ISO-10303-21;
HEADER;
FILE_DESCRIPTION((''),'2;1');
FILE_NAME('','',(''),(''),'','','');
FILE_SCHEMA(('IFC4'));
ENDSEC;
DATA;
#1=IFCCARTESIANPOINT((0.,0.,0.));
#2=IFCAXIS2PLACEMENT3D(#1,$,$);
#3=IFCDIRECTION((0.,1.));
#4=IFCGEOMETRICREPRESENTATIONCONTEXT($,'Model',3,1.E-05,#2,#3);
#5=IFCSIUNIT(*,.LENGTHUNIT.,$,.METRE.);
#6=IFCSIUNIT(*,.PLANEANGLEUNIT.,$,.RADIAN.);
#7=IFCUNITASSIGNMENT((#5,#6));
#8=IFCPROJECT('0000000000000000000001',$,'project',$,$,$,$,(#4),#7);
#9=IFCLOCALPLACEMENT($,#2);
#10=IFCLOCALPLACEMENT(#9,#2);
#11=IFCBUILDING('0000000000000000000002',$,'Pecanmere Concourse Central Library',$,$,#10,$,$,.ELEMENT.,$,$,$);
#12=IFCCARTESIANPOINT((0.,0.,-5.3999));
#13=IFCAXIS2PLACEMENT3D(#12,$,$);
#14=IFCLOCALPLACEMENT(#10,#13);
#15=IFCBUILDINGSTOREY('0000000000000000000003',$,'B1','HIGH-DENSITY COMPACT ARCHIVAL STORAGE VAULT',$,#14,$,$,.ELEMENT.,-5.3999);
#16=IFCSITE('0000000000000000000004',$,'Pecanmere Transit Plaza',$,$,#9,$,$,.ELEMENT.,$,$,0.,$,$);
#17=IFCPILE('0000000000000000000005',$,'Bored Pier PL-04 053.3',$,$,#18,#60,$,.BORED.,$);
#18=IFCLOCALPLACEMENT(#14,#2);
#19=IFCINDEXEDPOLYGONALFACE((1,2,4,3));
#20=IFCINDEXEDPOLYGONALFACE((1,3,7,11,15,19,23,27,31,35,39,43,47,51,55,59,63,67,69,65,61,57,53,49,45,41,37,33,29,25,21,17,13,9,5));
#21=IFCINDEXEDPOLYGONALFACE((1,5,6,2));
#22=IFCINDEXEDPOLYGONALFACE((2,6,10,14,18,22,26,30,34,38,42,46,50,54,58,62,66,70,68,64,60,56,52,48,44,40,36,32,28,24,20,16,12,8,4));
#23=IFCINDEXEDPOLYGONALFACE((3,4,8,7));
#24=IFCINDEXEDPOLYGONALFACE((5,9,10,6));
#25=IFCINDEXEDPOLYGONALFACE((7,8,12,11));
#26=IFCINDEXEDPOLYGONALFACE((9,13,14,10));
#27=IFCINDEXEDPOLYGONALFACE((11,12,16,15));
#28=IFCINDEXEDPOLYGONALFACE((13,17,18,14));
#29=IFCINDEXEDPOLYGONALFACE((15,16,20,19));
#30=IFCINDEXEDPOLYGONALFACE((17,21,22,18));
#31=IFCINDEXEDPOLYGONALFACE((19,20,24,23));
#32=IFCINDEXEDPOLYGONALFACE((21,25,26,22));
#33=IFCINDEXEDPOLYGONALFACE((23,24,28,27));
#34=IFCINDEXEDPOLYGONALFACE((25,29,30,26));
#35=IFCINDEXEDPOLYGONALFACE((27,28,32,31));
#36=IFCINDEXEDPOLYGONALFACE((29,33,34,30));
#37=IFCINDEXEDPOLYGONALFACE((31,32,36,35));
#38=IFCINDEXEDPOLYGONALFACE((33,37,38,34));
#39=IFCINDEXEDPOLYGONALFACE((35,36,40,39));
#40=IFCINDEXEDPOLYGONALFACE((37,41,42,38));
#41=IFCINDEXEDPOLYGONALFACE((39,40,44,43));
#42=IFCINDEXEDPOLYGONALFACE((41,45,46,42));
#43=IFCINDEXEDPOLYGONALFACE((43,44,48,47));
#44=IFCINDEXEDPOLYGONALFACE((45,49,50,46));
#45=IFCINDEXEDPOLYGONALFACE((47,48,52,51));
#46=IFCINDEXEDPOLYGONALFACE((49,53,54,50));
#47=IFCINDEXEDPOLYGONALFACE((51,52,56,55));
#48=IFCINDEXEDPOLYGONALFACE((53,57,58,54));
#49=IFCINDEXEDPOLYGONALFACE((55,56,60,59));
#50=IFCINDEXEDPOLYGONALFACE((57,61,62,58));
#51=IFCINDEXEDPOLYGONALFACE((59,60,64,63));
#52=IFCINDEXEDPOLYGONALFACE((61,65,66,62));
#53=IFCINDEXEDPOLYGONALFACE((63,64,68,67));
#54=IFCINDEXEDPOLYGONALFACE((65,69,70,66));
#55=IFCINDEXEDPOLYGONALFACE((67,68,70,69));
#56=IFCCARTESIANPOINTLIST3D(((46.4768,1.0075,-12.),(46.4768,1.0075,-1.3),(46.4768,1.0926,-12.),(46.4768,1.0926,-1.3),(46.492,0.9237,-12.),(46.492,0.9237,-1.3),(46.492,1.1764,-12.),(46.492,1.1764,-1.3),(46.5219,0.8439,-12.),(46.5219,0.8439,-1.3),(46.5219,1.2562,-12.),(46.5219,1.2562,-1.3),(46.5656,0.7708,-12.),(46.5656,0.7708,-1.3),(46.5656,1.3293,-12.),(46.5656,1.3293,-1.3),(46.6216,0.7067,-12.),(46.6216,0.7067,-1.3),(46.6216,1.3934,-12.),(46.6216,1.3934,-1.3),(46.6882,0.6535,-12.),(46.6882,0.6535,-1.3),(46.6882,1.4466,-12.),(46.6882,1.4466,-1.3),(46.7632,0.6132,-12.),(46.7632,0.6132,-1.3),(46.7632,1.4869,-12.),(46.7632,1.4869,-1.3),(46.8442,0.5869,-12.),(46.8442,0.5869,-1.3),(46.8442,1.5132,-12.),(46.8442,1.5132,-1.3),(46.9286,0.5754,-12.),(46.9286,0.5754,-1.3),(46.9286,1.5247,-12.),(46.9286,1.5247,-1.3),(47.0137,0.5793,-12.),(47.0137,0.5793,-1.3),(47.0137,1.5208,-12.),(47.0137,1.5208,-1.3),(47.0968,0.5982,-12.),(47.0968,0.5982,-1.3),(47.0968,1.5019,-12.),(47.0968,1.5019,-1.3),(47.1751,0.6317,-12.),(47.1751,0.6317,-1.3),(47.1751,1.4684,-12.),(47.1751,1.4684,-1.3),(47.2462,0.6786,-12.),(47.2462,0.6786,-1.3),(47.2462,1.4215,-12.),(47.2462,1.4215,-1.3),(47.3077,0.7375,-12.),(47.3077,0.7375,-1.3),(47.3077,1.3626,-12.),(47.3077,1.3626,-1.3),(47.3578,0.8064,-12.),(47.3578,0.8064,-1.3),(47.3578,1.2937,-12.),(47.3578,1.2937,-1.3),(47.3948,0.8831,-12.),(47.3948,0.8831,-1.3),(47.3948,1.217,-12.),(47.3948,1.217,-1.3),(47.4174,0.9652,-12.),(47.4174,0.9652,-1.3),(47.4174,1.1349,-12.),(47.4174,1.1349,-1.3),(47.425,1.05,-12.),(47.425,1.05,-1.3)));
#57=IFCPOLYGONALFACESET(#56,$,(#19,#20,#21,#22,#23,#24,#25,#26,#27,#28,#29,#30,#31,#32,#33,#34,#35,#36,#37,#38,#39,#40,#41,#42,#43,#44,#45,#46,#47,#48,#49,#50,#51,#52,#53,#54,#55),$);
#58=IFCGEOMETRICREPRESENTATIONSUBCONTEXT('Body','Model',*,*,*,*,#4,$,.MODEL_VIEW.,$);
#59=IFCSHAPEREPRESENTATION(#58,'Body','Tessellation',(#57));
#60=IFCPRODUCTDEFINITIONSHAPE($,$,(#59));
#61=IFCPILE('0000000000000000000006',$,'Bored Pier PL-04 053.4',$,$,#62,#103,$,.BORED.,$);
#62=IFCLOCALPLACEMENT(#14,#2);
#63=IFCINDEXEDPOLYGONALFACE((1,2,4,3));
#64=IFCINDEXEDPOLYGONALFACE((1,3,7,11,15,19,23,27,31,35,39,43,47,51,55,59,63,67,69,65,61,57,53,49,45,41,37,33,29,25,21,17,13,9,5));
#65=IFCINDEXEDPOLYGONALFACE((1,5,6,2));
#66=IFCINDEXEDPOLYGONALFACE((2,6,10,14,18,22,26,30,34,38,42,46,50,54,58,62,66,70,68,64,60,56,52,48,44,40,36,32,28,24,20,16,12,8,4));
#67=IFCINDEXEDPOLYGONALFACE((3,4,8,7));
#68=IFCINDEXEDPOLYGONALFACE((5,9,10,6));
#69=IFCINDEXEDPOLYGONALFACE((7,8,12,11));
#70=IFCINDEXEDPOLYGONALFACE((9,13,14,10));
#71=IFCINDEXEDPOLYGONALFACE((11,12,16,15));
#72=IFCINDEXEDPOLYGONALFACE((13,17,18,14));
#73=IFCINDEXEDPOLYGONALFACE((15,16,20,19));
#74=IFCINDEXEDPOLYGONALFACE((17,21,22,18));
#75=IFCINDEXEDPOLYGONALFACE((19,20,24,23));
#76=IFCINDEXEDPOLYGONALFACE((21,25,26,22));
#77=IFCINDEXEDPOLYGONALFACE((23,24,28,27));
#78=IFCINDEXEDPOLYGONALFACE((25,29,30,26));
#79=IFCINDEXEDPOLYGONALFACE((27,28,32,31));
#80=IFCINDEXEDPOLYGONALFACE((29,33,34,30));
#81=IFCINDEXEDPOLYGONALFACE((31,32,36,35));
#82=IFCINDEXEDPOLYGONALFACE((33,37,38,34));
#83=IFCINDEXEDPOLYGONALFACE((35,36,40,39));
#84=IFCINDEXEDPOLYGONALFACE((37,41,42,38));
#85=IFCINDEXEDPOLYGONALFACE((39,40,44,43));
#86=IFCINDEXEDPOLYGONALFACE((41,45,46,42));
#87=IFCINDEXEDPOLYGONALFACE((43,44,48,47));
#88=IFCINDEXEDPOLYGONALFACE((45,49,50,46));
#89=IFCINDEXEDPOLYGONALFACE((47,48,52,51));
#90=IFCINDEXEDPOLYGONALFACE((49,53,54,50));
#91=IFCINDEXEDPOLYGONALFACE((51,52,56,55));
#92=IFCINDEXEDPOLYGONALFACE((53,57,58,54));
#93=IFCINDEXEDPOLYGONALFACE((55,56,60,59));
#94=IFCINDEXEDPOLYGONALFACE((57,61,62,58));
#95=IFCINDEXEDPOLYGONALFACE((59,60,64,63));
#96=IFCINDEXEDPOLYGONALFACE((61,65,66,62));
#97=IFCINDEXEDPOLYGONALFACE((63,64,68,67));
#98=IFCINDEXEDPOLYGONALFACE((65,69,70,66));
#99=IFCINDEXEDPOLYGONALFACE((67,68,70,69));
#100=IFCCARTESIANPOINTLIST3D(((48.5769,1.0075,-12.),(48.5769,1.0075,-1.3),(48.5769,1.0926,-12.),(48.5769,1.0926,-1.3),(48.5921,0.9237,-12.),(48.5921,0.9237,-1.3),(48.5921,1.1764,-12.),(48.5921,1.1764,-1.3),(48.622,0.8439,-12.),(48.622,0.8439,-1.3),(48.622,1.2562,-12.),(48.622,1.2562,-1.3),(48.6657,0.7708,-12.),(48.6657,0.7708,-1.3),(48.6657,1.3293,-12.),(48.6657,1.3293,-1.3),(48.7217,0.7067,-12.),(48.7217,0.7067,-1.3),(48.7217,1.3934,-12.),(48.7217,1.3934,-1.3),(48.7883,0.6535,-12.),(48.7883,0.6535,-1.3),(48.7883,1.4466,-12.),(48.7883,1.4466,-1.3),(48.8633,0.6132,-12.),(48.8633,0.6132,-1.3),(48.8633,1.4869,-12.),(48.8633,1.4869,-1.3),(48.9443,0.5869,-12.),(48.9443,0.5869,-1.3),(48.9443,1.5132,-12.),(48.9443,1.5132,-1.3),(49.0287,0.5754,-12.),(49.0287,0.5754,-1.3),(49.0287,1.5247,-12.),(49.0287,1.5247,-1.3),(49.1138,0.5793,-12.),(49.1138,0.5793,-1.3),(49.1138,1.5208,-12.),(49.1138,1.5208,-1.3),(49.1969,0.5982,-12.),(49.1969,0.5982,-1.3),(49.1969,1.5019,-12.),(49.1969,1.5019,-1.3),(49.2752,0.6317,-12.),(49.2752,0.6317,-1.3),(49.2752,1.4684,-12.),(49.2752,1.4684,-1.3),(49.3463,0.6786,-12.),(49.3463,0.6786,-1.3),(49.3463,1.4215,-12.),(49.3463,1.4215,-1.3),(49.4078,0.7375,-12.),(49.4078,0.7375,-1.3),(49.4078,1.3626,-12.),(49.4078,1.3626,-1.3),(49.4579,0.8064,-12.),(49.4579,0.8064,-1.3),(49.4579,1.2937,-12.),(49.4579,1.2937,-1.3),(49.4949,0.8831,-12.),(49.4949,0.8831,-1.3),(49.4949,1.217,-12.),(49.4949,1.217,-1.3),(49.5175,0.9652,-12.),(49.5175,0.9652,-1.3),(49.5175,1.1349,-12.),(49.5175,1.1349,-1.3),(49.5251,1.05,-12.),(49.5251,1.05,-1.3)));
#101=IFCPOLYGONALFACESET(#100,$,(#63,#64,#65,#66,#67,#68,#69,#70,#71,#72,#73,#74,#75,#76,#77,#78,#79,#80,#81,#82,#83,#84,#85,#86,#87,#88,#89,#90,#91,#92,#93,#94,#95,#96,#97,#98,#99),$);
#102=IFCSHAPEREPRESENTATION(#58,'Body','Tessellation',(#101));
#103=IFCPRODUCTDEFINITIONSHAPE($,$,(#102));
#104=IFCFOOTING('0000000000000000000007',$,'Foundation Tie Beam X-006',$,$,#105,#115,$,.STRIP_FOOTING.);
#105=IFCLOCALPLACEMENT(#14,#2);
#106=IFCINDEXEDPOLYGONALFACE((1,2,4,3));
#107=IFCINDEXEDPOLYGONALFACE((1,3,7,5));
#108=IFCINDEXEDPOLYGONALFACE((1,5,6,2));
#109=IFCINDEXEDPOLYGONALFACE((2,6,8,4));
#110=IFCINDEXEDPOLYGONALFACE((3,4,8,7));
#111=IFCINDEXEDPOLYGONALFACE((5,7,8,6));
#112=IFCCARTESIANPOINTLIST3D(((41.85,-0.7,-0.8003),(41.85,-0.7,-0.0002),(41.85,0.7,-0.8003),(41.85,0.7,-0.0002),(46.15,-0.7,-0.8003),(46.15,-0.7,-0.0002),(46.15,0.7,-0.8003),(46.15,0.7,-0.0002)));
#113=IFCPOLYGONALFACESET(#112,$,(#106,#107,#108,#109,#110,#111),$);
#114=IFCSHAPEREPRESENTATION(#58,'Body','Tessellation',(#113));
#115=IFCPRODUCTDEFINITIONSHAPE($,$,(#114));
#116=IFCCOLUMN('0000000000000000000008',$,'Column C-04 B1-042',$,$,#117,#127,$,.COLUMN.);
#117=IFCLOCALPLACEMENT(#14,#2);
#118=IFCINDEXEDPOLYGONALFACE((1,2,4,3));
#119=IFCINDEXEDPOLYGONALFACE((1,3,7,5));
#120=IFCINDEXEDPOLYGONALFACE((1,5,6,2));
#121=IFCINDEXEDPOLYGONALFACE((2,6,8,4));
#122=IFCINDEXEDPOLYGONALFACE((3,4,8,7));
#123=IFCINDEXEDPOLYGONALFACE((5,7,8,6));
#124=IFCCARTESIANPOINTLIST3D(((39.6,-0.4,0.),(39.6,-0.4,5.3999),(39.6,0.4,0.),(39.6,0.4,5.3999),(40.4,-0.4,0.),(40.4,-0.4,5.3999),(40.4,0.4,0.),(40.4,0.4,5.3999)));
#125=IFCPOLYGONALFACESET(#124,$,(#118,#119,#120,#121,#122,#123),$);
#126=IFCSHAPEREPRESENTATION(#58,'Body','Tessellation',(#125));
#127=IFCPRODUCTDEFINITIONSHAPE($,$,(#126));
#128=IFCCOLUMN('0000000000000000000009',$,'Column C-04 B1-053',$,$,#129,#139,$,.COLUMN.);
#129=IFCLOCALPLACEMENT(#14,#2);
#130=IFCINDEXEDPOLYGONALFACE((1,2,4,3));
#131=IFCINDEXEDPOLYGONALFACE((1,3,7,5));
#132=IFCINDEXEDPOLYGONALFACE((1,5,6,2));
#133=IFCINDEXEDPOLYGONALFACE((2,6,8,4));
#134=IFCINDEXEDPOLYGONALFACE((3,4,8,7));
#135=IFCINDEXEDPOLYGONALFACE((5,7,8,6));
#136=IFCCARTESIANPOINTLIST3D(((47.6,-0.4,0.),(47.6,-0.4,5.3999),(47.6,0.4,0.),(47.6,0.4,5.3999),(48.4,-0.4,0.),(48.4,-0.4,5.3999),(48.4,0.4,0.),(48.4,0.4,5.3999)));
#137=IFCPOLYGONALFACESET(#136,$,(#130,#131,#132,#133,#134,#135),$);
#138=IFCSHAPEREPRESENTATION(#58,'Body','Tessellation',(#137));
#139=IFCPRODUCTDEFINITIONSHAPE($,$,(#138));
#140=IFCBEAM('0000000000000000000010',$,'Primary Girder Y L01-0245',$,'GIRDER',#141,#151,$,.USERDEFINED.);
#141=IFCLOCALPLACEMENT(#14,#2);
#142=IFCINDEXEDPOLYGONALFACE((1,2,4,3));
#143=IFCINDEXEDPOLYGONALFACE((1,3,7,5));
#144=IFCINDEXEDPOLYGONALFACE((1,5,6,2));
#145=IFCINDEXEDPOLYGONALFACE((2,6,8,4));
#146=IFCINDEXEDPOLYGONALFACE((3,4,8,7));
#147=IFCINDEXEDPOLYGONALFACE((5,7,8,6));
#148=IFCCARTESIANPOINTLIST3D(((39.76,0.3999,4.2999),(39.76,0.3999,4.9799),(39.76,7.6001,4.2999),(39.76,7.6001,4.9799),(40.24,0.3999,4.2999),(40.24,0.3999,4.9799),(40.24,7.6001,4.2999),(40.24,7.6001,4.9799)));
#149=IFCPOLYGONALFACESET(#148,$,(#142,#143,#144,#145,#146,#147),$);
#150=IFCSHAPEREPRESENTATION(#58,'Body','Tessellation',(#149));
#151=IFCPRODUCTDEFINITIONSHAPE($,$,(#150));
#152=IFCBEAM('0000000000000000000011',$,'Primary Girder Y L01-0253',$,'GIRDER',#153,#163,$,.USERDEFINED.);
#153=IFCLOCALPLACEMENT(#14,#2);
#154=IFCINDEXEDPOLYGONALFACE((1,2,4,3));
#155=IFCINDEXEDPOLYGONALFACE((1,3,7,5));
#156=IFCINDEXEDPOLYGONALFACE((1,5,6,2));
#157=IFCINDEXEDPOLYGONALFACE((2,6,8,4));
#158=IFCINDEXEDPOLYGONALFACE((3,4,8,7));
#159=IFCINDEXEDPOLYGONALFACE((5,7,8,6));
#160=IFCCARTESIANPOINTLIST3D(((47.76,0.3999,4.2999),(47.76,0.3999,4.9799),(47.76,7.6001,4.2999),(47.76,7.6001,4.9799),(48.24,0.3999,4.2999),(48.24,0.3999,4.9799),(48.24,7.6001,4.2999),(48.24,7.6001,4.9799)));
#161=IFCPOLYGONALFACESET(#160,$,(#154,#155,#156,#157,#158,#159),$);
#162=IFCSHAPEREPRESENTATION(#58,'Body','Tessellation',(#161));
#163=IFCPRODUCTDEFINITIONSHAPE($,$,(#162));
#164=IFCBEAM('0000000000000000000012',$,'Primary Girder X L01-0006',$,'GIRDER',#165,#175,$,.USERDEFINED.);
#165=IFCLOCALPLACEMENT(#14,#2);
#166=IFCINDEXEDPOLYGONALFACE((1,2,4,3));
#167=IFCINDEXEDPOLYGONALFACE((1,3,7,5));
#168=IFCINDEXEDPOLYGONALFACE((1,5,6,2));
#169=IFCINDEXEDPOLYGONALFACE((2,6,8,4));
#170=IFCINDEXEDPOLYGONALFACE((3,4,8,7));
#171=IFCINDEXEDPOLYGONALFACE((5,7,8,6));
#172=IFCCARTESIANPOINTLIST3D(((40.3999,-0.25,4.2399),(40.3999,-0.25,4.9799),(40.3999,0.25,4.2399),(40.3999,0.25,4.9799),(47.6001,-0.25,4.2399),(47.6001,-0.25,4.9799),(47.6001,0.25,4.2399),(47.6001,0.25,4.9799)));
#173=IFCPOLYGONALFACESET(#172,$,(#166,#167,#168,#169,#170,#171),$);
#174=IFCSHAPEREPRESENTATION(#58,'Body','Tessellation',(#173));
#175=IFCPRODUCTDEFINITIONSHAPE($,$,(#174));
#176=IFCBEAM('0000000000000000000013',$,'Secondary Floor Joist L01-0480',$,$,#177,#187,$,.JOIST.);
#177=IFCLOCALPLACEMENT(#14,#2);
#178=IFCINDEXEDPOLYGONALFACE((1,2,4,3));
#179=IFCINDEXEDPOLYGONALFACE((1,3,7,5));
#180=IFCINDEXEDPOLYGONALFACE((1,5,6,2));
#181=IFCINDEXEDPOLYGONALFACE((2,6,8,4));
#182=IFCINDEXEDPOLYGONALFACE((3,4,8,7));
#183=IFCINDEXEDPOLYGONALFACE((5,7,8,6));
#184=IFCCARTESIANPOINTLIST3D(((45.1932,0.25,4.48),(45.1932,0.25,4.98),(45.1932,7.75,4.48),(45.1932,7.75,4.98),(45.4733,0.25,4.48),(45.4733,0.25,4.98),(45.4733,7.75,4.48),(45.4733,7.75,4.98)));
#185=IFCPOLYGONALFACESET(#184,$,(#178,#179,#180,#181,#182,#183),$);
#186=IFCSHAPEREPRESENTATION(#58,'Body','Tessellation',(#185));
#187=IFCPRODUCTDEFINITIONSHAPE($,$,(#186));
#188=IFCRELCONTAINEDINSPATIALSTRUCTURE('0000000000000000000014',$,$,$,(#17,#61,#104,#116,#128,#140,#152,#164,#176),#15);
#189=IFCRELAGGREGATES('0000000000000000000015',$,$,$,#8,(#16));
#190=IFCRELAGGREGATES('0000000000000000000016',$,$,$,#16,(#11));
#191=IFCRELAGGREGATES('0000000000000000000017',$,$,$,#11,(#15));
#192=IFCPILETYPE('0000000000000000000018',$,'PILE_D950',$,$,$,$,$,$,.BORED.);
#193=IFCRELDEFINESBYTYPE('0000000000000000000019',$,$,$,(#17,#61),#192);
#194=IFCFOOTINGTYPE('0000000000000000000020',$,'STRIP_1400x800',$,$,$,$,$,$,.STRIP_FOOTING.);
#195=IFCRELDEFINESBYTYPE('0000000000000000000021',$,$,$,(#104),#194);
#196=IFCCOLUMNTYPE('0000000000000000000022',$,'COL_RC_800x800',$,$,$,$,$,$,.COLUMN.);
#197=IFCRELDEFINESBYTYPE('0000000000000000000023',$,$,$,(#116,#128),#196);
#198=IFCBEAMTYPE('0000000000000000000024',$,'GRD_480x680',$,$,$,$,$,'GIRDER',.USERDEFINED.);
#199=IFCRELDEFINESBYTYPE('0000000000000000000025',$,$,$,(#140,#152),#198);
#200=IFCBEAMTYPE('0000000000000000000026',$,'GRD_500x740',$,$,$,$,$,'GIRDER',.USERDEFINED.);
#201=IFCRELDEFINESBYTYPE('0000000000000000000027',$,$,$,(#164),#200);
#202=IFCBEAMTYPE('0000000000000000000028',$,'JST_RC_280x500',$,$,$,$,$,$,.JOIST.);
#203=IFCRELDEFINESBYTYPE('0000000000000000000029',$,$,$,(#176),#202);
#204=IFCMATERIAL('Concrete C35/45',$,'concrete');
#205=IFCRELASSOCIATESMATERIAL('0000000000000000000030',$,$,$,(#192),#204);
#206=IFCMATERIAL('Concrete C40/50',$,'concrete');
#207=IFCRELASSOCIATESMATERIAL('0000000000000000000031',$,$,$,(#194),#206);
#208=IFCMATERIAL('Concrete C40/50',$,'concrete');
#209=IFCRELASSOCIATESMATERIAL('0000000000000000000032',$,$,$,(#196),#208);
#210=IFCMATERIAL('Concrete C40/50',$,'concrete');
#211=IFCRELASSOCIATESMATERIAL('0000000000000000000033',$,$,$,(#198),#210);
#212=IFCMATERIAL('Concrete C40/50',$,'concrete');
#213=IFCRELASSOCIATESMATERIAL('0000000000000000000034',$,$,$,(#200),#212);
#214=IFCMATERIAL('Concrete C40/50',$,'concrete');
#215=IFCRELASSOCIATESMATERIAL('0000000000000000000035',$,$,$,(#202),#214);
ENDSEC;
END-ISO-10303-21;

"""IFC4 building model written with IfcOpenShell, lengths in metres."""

from ifc_helpers import new_model, si_unit, direction, frame, origin, origin_2d, place, context, subcontext, project, spatial, rectangle, circle, extrude, material, material_profile, profile_set, type_object, element, save


model = new_model("IFC4")

# Units and contexts
model_context = context("Model", 3, precision=1e-05, world=origin(), true_north=direction((0.0, 1.0)))
body_context = subcontext(model_context, "Body", "Model", "MODEL_VIEW")
ifc_project = project(units=[si_unit("LENGTHUNIT", "METRE"), si_unit("PLANEANGLEUNIT", "RADIAN")], contexts=[model_context])

# Site, building, storey
site_placement = place(None, origin())
site = spatial("IfcSite", under=ifc_project, at=site_placement, Name="Pecanmere Transit Plaza", CompositionType="ELEMENT", RefElevation=0.0)
building_placement = place(site_placement, origin())
building = spatial("IfcBuilding", under=site, at=building_placement, Name="Pecanmere Concourse Central Library", CompositionType="ELEMENT")
storey_placement = place(building_placement, frame((0.0, 0.0, -5.3999)))
storey = spatial("IfcBuildingStorey", under=building, at=storey_placement, Name="B1", Description="HIGH-DENSITY COMPACT ARCHIVAL STORAGE VAULT", CompositionType="ELEMENT", Elevation=-5.3999)

# Piles
ifc_material_1 = material(Name="Concrete C35/45", Category="concrete")
ifc_material_profile_1 = material_profile(ifc_material_1, circle(Radius=0.4751, at=origin_2d()), Name="PIER D950")
ifc_profile_set_1 = profile_set([ifc_material_profile_1], Name="Concrete C35/45")
pile_type = type_object("IfcPileType", Name="PILE_D950", PredefinedType="BORED", material=ifc_profile_set_1)
for number, where, z_axis, x_axis, name in (
    (1, (46.95, 1.05, -1.3), (0.0, 0.0, -1.0), (1.0, 0.0, 0.0), "Bored Pier PL-04 053.3"),
    (2, (49.05, 1.05, -1.3), (0.0, 0.0, -1.0), (1.0, 0.0, 0.0), "Bored Pier PL-04 053.4"),
):
    element("IfcPile", number, at=place(storey_placement, frame(where, z_axis=z_axis, x_axis=x_axis)), inside=storey, type_object=pile_type, Name=name, PredefinedType="BORED", context=body_context, shape_type="SweptSolid", body=[
        extrude(circle(Radius=0.4751, at=origin_2d()), origin(), (0.0, 0.0, 1.0), 10.7),
    ])

# Footing
ifc_material_2 = material(Name="Concrete C40/50", Category="concrete")
ifc_material_profile_2 = material_profile(ifc_material_2, rectangle(XDim=1.3999, YDim=0.8, at=origin_2d()), Name="RC 1400x800")
ifc_profile_set_2 = profile_set([ifc_material_profile_2], Name="Concrete C40/50")
footing_type_1 = type_object("IfcFootingType", Name="STRIP_1400x800", PredefinedType="STRIP_FOOTING", material=ifc_profile_set_2)
footing_placement = place(storey_placement, frame((44.0, 0.0, -0.8003), z_axis=(0.0, 0.0, 1.0), x_axis=(1.0, 0.0, 0.0)))
element("IfcFooting", 3, at=footing_placement, inside=storey, type_object=footing_type_1, Name="Foundation Tie Beam X-006", PredefinedType="STRIP_FOOTING", context=body_context, shape_type="SweptSolid", body=[
    extrude(rectangle(XDim=4.3, YDim=1.3999, at=origin_2d()), origin(), (0.0, 0.0, 1.0), 0.8),
])

# Columns
ifc_material_3 = material(Name="Concrete C40/50", Category="concrete")
ifc_material_profile_3 = material_profile(ifc_material_3, rectangle(XDim=0.8, YDim=0.8, at=origin_2d()), Name="RC 800x800")
ifc_profile_set_3 = profile_set([ifc_material_profile_3], Name="Concrete C40/50")
column_type = type_object("IfcColumnType", Name="COL_RC_800x800", PredefinedType="COLUMN", material=ifc_profile_set_3)
for number, where, z_axis, x_axis, name in (
    (4, (40.0, 0.0, 0.0), (0.0, 0.0, 1.0), (1.0, 0.0, 0.0), "Column C-04 B1-042"),
    (5, (48.0, 0.0, 0.0), (0.0, 0.0, 1.0), (1.0, 0.0, 0.0), "Column C-04 B1-053"),
):
    element("IfcColumn", number, at=place(storey_placement, frame(where, z_axis=z_axis, x_axis=x_axis)), inside=storey, type_object=column_type, Name=name, PredefinedType="COLUMN", context=body_context, shape_type="SweptSolid", body=[
        extrude(rectangle(XDim=0.8, YDim=0.8, at=origin_2d()), origin(), (0.0, 0.0, 1.0), 5.3999),
    ])

# Beams
ifc_material_4 = material(Name="Concrete C40/50", Category="concrete")
ifc_material_profile_4 = material_profile(ifc_material_4, rectangle(XDim=0.48, YDim=0.6799, at=origin_2d()), Name="RC 480x680")
ifc_profile_set_4 = profile_set([ifc_material_profile_4], Name="Concrete C40/50")
beam_type_1 = type_object("IfcBeamType", Name="GRD_480x680", ElementType="GIRDER", PredefinedType="USERDEFINED", material=ifc_profile_set_4)
for number, where, z_axis, x_axis, name in (
    (6, (40.0, 0.3999, 4.6399), (0.0, 1.0, 0.0), (-1.0, 0.0, 0.0), "Primary Girder Y L01-0245"),
    (7, (48.0, 0.3999, 4.6399), (0.0, 1.0, 0.0), (-1.0, 0.0, 0.0), "Primary Girder Y L01-0253"),
):
    element("IfcBeam", number, at=place(storey_placement, frame(where, z_axis=z_axis, x_axis=x_axis)), inside=storey, type_object=beam_type_1, Name=name, ObjectType="GIRDER", PredefinedType="USERDEFINED", context=body_context, shape_type="SweptSolid", body=[
        extrude(rectangle(XDim=0.48, YDim=0.6799, at=origin_2d()), origin(), (0.0, 0.0, 1.0), 7.2002),
    ])
ifc_material_5 = material(Name="Concrete C40/50", Category="concrete")
ifc_material_profile_5 = material_profile(ifc_material_5, rectangle(XDim=0.5, YDim=0.74, at=origin_2d()), Name="RC 500x740")
ifc_profile_set_5 = profile_set([ifc_material_profile_5], Name="Concrete C40/50")
beam_type_2 = type_object("IfcBeamType", Name="GRD_500x740", ElementType="GIRDER", PredefinedType="USERDEFINED", material=ifc_profile_set_5)
beam_1_placement = place(storey_placement, frame((40.3999, 0.0, 4.6099), z_axis=(1.0, 0.0, 0.0), x_axis=(0.0, 1.0, 0.0)))
element("IfcBeam", 8, at=beam_1_placement, inside=storey, type_object=beam_type_2, Name="Primary Girder X L01-0006", ObjectType="GIRDER", PredefinedType="USERDEFINED", context=body_context, shape_type="SweptSolid", body=[
    extrude(rectangle(XDim=0.5, YDim=0.74, at=origin_2d()), origin(), (0.0, 0.0, 1.0), 7.2002),
])
ifc_material_6 = material(Name="Concrete C40/50", Category="concrete")
ifc_material_profile_6 = material_profile(ifc_material_6, rectangle(XDim=0.28, YDim=0.5, at=origin_2d()), Name="RC 280x500")
ifc_profile_set_6 = profile_set([ifc_material_profile_6], Name="Concrete C40/50")
beam_type_3 = type_object("IfcBeamType", Name="JST_RC_280x500", PredefinedType="JOIST", material=ifc_profile_set_6)
beam_2_placement = place(storey_placement, frame((45.3333, 0.25, 4.73), z_axis=(0.0, 1.0, 0.0), x_axis=(-1.0, 0.0, 0.0)))
element("IfcBeam", 9, at=beam_2_placement, inside=storey, type_object=beam_type_3, Name="Secondary Floor Joist L01-0480", PredefinedType="JOIST", context=body_context, shape_type="SweptSolid", body=[
    extrude(rectangle(XDim=0.28, YDim=0.5, at=origin_2d()), origin(), (0.0, 0.0, 1.0), 7.5),
])

save(model, "model.ifc")
